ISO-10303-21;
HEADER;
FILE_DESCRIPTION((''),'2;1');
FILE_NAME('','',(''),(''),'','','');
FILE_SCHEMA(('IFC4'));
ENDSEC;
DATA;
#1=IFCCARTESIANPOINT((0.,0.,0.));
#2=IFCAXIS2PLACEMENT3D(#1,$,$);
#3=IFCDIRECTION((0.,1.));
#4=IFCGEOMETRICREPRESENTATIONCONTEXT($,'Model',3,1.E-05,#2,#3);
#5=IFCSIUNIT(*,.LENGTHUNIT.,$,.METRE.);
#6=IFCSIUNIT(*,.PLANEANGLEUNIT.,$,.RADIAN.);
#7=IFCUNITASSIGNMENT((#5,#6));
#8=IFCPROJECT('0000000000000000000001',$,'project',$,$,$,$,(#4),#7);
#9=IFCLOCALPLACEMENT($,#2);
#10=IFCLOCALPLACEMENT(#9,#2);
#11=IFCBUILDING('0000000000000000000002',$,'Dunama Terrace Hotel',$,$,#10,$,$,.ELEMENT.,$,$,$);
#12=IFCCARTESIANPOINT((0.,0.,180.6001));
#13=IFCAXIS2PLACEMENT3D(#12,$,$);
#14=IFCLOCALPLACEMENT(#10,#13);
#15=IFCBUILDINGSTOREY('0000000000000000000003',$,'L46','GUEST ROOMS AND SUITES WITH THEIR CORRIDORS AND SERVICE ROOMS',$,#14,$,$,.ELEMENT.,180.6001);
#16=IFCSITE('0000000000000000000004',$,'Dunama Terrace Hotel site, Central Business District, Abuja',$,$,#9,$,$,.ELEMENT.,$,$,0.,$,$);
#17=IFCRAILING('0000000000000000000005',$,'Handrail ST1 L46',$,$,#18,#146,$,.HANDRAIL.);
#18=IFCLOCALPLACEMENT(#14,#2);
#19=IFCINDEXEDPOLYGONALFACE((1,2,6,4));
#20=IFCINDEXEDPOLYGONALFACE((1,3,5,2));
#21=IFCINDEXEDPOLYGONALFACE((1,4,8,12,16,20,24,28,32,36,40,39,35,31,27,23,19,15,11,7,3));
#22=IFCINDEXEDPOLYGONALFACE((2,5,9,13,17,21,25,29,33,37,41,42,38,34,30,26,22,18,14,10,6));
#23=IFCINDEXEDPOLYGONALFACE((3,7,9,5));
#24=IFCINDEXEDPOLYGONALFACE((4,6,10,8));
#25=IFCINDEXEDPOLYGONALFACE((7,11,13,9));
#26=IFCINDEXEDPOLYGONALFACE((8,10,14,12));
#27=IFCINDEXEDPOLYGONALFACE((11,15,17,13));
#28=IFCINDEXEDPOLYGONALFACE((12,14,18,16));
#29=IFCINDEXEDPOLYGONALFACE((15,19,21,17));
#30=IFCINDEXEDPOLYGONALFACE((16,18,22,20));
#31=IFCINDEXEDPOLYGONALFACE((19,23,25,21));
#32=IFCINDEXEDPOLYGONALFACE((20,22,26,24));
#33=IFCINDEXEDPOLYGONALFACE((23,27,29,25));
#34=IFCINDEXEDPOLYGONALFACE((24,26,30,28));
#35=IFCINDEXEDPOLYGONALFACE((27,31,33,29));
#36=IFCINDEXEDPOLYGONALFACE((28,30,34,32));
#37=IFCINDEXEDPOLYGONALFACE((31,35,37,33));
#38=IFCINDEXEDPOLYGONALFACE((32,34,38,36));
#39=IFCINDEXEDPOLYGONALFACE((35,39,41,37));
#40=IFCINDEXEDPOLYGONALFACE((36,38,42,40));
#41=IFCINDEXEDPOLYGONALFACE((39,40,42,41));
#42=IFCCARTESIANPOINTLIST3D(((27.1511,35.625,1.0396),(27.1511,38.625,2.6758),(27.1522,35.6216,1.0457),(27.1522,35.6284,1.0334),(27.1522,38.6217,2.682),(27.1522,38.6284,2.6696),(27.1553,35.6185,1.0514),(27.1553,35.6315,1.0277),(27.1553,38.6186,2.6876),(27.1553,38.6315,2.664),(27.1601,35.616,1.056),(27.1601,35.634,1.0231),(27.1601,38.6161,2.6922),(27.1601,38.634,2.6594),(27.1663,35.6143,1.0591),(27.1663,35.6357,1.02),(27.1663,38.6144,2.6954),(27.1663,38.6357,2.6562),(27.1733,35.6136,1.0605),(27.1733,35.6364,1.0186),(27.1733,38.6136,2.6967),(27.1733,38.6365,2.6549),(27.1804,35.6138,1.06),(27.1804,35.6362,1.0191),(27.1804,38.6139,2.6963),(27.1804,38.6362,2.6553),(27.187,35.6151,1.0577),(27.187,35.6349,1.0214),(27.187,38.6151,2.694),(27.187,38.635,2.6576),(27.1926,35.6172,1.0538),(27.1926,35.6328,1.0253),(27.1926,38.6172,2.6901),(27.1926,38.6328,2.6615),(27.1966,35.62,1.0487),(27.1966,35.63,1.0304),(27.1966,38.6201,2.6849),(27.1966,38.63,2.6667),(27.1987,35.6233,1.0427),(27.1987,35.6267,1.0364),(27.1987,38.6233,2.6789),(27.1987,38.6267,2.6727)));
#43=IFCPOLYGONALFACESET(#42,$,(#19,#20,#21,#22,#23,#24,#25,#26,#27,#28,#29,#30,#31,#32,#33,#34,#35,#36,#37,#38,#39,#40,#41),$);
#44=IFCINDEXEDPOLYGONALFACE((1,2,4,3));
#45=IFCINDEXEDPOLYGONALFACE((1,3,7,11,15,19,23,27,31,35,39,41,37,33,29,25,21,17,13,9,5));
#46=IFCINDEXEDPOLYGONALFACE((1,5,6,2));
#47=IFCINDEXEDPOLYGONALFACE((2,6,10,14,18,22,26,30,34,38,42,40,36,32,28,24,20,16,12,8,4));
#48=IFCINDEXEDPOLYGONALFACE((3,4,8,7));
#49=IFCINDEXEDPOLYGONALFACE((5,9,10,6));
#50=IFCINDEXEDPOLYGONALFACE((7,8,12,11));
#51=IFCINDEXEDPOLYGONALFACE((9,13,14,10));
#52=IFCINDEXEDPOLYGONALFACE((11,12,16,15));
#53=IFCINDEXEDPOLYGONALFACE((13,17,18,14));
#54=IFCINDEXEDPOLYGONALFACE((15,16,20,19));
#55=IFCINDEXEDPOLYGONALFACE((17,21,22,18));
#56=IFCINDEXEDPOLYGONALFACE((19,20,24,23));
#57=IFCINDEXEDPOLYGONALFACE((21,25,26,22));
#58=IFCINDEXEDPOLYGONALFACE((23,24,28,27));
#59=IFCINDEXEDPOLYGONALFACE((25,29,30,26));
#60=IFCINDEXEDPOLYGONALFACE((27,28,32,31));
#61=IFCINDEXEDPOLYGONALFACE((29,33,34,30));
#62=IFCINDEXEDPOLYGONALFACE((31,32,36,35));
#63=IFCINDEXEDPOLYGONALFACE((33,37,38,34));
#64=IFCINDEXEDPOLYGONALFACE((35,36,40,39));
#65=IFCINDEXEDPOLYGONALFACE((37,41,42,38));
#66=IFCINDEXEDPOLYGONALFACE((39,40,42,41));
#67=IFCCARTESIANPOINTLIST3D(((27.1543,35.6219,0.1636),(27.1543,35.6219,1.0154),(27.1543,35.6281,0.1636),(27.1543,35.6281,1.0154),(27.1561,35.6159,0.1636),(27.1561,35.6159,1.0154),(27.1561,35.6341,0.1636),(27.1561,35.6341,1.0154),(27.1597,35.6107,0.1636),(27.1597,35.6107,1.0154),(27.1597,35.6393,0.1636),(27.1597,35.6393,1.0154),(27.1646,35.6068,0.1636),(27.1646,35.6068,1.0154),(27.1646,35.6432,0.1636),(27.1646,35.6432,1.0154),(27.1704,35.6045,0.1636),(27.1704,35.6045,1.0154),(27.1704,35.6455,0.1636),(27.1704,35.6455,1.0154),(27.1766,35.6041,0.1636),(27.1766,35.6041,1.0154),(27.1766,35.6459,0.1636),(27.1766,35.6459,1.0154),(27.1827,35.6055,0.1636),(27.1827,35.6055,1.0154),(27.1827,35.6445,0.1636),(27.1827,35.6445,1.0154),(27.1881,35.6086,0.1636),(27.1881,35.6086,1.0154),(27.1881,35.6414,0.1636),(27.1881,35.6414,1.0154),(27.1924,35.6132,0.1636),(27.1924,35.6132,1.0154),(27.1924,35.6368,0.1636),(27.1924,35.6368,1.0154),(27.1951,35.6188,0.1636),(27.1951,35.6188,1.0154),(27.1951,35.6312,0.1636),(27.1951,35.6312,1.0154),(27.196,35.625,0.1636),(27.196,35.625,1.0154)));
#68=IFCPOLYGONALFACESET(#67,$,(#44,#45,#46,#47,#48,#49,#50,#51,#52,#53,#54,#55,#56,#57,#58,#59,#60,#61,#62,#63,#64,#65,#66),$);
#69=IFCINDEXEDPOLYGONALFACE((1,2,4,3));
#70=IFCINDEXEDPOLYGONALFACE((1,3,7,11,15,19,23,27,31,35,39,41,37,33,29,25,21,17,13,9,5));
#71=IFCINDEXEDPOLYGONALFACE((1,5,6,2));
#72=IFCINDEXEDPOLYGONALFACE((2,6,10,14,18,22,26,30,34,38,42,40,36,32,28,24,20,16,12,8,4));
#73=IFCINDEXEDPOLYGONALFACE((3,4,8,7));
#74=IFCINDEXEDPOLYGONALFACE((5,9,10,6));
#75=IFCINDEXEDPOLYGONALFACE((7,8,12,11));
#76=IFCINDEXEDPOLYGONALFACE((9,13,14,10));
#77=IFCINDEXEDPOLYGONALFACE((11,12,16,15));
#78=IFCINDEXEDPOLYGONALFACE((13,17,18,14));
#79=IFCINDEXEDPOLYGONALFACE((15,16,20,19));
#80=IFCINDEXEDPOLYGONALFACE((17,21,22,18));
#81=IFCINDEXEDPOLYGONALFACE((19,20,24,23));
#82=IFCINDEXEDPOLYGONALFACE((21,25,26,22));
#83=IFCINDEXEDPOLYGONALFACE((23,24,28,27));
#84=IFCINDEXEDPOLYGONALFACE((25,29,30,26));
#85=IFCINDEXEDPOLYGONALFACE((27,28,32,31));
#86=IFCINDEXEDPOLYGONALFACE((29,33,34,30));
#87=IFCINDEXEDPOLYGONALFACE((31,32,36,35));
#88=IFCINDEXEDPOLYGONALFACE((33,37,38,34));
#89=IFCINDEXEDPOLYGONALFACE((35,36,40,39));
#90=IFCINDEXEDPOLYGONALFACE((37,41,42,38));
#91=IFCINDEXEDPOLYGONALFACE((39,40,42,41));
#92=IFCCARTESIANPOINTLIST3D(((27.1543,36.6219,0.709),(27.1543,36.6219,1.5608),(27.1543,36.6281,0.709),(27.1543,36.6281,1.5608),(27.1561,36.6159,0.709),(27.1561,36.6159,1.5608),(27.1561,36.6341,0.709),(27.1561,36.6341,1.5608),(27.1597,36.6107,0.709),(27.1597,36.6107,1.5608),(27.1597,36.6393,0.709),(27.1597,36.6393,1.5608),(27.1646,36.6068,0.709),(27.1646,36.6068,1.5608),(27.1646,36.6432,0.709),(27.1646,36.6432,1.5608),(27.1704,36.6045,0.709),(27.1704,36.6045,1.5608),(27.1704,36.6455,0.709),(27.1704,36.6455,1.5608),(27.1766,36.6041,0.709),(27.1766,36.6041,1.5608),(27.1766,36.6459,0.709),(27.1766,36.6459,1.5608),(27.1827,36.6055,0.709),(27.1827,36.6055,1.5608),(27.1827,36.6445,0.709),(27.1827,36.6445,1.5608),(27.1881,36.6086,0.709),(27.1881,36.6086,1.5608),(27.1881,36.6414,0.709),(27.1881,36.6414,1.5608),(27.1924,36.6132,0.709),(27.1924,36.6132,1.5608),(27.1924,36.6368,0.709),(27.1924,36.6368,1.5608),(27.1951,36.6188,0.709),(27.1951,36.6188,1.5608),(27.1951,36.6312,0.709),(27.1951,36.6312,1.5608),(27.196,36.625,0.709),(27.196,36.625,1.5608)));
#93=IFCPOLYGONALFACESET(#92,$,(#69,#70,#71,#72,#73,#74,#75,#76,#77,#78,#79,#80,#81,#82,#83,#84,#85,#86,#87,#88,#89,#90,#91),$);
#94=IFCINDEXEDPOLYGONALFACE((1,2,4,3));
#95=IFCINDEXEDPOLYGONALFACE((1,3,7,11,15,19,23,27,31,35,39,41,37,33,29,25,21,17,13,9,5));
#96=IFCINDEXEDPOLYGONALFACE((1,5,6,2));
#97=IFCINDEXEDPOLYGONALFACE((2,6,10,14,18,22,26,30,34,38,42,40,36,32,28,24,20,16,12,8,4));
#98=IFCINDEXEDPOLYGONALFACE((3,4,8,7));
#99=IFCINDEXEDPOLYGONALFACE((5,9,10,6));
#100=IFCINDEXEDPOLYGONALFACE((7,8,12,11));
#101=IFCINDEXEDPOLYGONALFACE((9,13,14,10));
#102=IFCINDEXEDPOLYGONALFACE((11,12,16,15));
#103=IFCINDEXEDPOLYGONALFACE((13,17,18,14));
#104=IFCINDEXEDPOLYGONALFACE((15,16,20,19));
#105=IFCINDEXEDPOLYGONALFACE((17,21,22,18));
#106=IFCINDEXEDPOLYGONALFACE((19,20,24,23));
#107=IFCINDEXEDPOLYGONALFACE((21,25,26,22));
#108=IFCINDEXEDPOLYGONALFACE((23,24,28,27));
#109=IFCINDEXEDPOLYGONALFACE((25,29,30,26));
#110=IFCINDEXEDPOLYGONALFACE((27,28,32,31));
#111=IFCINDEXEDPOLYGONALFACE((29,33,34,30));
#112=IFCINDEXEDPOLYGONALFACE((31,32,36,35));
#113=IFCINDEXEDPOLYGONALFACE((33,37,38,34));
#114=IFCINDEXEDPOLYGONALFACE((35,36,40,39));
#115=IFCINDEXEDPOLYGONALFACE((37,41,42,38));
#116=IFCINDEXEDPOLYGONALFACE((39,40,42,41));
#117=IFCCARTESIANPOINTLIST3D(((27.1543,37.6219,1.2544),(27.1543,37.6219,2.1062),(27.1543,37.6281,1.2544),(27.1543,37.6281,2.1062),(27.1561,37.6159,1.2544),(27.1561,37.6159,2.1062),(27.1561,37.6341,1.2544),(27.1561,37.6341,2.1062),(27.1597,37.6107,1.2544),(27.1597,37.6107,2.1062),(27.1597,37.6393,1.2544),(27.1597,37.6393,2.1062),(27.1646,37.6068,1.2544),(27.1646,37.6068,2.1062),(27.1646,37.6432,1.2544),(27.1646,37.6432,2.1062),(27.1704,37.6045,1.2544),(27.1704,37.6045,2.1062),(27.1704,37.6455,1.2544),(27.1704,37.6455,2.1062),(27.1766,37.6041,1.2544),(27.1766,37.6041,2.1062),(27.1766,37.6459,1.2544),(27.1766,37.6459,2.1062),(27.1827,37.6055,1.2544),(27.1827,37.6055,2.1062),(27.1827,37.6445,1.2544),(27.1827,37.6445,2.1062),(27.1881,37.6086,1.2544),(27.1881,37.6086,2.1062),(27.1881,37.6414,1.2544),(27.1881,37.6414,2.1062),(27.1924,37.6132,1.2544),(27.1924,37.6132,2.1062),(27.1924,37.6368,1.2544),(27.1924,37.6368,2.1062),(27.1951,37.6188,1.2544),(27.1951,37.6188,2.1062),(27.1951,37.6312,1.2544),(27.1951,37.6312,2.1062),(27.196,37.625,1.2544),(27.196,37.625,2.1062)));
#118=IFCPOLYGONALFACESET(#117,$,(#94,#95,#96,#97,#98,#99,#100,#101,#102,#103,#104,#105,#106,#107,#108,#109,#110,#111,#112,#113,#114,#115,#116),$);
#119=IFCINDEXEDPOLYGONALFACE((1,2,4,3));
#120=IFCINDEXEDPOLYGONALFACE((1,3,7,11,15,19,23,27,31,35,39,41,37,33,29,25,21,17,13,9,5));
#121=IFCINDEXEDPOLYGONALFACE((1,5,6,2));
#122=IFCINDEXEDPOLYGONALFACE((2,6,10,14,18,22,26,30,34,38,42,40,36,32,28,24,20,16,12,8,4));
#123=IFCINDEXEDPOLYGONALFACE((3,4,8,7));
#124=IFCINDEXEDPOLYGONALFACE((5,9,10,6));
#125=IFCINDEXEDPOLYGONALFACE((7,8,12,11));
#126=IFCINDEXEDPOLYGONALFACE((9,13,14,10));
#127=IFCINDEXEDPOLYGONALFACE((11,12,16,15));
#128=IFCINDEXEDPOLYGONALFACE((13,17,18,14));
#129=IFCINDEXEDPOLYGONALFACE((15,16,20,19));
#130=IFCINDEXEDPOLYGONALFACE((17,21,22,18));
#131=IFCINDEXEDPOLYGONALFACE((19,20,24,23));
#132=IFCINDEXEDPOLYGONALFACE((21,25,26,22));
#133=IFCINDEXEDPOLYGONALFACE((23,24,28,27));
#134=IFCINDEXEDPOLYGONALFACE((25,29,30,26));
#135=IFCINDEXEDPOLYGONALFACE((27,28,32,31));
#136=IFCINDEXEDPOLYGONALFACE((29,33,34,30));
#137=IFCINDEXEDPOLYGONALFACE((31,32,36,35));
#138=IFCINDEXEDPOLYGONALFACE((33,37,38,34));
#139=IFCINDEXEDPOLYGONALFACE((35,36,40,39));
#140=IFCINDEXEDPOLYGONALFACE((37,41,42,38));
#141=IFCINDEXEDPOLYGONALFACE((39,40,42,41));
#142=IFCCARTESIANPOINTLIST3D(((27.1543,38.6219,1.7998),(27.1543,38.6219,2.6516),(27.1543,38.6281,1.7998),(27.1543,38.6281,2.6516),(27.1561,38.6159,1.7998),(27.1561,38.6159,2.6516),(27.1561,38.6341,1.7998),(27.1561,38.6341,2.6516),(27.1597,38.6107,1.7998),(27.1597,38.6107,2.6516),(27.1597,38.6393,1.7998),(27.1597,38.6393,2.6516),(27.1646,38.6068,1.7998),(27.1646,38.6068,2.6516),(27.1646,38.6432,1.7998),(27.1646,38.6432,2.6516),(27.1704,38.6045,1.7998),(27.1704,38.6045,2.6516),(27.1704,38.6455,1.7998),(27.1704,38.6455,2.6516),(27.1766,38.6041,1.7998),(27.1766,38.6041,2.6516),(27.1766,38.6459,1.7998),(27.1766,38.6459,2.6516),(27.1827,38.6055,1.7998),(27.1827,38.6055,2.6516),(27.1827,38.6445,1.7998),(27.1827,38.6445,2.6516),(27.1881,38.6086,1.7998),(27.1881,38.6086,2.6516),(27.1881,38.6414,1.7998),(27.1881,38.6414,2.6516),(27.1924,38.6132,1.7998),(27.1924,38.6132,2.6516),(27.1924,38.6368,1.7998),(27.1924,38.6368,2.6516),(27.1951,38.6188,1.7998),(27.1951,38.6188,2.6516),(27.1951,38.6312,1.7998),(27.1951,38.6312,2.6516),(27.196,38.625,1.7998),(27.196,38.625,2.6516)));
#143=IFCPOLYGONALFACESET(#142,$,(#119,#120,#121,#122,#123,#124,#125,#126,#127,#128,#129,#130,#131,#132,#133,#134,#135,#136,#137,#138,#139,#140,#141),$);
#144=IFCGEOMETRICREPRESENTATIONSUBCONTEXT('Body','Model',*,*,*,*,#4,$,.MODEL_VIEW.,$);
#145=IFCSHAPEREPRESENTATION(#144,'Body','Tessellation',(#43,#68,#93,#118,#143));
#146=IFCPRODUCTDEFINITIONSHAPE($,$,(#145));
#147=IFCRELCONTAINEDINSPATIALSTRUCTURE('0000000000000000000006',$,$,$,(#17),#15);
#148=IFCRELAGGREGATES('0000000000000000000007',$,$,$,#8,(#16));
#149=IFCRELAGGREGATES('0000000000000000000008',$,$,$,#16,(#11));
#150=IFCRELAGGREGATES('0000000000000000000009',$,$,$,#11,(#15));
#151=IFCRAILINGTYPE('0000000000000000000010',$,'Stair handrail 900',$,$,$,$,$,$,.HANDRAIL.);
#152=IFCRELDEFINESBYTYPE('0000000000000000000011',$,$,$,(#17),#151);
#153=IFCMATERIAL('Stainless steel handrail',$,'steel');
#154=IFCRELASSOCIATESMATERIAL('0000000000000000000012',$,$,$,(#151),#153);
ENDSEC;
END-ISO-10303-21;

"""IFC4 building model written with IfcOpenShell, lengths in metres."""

from ifc_helpers import new_model, si_unit, direction, frame, origin, origin_2d, place, context, subcontext, project, spatial, circle, extrude, material, type_object, element, save


model = new_model("IFC4")

# Units and contexts
model_context = context("Model", 3, precision=1e-05, world=origin(), true_north=direction((0.0, 1.0)))
body_context = subcontext(model_context, "Body", "Model", "MODEL_VIEW")
ifc_project = project(units=[si_unit("LENGTHUNIT", "METRE"), si_unit("PLANEANGLEUNIT", "RADIAN")], contexts=[model_context])

# Site, building, storey
site_placement = place(None, origin())
site = spatial("IfcSite", under=ifc_project, at=site_placement, Name="Dunama Terrace Hotel site, Central Business District, Abuja", CompositionType="ELEMENT", RefElevation=0.0)
building_placement = place(site_placement, origin())
building = spatial("IfcBuilding", under=site, at=building_placement, Name="Dunama Terrace Hotel", CompositionType="ELEMENT")
storey_placement = place(building_placement, frame((0.0, 0.0, 180.6001)))
storey = spatial("IfcBuildingStorey", under=building, at=storey_placement, Name="L46", Description="GUEST ROOMS AND SUITES WITH THEIR CORRIDORS AND SERVICE ROOMS", CompositionType="ELEMENT", Elevation=180.6001)

# Railing
ifc_material_1 = material(Name="Stainless steel handrail", Category="steel")
railing_type = type_object("IfcRailingType", Name="Stair handrail 900", PredefinedType="HANDRAIL", material=ifc_material_1)
railing_1_placement = place(storey_placement, frame((27.175, 35.625, 0.1636)))
element("IfcRailing", 1, at=railing_1_placement, inside=storey, type_object=railing_type, Name="Handrail ST1 L46", PredefinedType="HANDRAIL", context=body_context, shape_type="SweptSolid", body=[
    extrude(circle(Radius=0.0239, at=origin_2d()), frame((0.0, 0.0, 0.876), z_axis=(0.0, 0.877912, 0.478822), x_axis=(-1.0, 0.0, 0.0)), (0.0, 0.0, 1.0), 3.4172),
    extrude(circle(Radius=0.021, at=origin_2d()), origin(), (0.0, 0.0, 1.0), 0.8518),
    extrude(circle(Radius=0.021, at=origin_2d()), frame((0.0, 1.0, 0.5454)), (0.0, 0.0, 1.0), 0.8518),
    extrude(circle(Radius=0.021, at=origin_2d()), frame((0.0, 2.0, 1.0908)), (0.0, 0.0, 1.0), 0.8518),
    extrude(circle(Radius=0.021, at=origin_2d()), frame((0.0, 3.0, 1.6362)), (0.0, 0.0, 1.0), 0.8518),
])

save(model, "model.ifc")
